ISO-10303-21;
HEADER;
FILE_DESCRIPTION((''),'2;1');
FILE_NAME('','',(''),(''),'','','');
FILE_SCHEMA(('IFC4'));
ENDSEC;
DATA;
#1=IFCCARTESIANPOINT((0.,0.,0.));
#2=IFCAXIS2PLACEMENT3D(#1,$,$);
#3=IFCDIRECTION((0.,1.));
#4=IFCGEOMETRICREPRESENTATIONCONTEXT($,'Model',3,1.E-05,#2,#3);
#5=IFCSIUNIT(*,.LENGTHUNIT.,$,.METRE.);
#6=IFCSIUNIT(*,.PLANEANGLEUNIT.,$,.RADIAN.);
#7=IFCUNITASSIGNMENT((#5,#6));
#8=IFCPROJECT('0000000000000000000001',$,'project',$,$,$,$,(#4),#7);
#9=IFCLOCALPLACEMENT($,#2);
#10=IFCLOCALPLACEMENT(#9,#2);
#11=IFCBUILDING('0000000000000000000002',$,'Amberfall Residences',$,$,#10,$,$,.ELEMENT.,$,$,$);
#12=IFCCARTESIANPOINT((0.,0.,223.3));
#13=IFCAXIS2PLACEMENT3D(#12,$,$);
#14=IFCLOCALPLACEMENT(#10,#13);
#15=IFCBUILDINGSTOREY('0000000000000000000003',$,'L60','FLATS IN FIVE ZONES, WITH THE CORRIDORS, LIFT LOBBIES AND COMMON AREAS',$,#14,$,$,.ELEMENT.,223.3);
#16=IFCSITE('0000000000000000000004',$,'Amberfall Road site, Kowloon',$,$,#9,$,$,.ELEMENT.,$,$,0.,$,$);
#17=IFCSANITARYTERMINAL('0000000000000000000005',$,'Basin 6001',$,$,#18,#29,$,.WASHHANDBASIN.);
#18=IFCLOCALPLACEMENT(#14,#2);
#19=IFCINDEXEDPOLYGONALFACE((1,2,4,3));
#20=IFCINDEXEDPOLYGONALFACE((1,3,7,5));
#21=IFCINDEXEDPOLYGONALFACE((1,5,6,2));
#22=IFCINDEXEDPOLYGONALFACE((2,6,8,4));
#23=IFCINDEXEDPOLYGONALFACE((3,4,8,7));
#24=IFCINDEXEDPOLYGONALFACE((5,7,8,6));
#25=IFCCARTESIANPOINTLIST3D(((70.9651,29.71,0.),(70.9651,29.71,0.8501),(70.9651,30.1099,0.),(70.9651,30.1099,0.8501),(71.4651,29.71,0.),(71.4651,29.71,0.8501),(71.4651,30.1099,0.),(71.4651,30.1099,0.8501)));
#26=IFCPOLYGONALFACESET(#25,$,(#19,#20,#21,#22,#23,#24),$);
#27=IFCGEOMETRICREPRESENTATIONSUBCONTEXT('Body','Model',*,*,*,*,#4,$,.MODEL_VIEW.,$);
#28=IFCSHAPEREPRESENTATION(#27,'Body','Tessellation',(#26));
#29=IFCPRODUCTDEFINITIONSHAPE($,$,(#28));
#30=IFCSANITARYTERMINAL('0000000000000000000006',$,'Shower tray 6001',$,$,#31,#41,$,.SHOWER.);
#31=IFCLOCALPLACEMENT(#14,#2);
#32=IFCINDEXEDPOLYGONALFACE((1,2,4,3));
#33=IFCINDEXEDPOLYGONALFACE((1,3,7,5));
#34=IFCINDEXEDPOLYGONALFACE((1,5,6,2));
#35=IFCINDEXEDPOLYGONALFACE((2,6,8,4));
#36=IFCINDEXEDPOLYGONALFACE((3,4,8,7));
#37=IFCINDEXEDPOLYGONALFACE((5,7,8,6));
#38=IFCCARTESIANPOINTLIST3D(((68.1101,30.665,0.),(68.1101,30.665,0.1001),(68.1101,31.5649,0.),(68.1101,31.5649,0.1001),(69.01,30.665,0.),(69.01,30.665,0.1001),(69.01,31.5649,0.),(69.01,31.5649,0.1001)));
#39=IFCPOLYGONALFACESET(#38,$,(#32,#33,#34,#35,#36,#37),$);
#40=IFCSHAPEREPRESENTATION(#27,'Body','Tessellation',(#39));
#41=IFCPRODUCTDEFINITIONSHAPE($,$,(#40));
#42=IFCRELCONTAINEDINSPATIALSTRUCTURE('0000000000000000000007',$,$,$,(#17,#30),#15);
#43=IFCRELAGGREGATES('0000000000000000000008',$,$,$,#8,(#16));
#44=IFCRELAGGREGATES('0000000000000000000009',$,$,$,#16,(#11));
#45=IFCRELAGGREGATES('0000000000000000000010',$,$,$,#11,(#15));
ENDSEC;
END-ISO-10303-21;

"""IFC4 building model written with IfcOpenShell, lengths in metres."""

from ifc_helpers import new_model, si_unit, direction, frame, origin, origin_2d, place, context, subcontext, project, spatial, rectangle, extrude, element, save


model = new_model("IFC4")

# Units and contexts
model_context = context("Model", 3, precision=1e-05, world=origin(), true_north=direction((0.0, 1.0)))
body_context = subcontext(model_context, "Body", "Model", "MODEL_VIEW")
ifc_project = project(units=[si_unit("LENGTHUNIT", "METRE"), si_unit("PLANEANGLEUNIT", "RADIAN")], contexts=[model_context])

# Site, building, storey
site_placement = place(None, origin())
site = spatial("IfcSite", under=ifc_project, at=site_placement, Name="Amberfall Road site, Kowloon", CompositionType="ELEMENT", RefElevation=0.0)
building_placement = place(site_placement, origin())
building = spatial("IfcBuilding", under=site, at=building_placement, Name="Amberfall Residences", CompositionType="ELEMENT")
storey_placement = place(building_placement, frame((0.0, 0.0, 223.3)))
storey = spatial("IfcBuildingStorey", under=building, at=storey_placement, Name="L60", Description="FLATS IN FIVE ZONES, WITH THE CORRIDORS, LIFT LOBBIES AND COMMON AREAS", CompositionType="ELEMENT", Elevation=223.3)

# Sanitary terminals
sanitary_terminal_1_placement = place(storey_placement, frame((71.2151, 29.9099, 0.0), z_axis=(0.0, 0.0, 1.0), x_axis=(1.0, 0.0, 0.0)))
element("IfcSanitaryTerminal", 1, at=sanitary_terminal_1_placement, inside=storey, Name="Basin 6001", PredefinedType="WASHHANDBASIN", context=body_context, shape_type="SweptSolid", body=[
    extrude(rectangle(XDim=0.5, YDim=0.3999, at=origin_2d()), origin(), (0.0, 0.0, 1.0), 0.8501),
])
sanitary_terminal_2_placement = place(storey_placement, frame((68.5601, 31.115, 0.0), z_axis=(0.0, 0.0, 1.0), x_axis=(1.0, 0.0, 0.0)))
element("IfcSanitaryTerminal", 2, at=sanitary_terminal_2_placement, inside=storey, Name="Shower tray 6001", PredefinedType="SHOWER", context=body_context, shape_type="SweptSolid", body=[
    extrude(rectangle(XDim=0.8999, YDim=0.8999, at=origin_2d()), origin(), (0.0, 0.0, 1.0), 0.1001),
])

save(model, "model.ifc")
